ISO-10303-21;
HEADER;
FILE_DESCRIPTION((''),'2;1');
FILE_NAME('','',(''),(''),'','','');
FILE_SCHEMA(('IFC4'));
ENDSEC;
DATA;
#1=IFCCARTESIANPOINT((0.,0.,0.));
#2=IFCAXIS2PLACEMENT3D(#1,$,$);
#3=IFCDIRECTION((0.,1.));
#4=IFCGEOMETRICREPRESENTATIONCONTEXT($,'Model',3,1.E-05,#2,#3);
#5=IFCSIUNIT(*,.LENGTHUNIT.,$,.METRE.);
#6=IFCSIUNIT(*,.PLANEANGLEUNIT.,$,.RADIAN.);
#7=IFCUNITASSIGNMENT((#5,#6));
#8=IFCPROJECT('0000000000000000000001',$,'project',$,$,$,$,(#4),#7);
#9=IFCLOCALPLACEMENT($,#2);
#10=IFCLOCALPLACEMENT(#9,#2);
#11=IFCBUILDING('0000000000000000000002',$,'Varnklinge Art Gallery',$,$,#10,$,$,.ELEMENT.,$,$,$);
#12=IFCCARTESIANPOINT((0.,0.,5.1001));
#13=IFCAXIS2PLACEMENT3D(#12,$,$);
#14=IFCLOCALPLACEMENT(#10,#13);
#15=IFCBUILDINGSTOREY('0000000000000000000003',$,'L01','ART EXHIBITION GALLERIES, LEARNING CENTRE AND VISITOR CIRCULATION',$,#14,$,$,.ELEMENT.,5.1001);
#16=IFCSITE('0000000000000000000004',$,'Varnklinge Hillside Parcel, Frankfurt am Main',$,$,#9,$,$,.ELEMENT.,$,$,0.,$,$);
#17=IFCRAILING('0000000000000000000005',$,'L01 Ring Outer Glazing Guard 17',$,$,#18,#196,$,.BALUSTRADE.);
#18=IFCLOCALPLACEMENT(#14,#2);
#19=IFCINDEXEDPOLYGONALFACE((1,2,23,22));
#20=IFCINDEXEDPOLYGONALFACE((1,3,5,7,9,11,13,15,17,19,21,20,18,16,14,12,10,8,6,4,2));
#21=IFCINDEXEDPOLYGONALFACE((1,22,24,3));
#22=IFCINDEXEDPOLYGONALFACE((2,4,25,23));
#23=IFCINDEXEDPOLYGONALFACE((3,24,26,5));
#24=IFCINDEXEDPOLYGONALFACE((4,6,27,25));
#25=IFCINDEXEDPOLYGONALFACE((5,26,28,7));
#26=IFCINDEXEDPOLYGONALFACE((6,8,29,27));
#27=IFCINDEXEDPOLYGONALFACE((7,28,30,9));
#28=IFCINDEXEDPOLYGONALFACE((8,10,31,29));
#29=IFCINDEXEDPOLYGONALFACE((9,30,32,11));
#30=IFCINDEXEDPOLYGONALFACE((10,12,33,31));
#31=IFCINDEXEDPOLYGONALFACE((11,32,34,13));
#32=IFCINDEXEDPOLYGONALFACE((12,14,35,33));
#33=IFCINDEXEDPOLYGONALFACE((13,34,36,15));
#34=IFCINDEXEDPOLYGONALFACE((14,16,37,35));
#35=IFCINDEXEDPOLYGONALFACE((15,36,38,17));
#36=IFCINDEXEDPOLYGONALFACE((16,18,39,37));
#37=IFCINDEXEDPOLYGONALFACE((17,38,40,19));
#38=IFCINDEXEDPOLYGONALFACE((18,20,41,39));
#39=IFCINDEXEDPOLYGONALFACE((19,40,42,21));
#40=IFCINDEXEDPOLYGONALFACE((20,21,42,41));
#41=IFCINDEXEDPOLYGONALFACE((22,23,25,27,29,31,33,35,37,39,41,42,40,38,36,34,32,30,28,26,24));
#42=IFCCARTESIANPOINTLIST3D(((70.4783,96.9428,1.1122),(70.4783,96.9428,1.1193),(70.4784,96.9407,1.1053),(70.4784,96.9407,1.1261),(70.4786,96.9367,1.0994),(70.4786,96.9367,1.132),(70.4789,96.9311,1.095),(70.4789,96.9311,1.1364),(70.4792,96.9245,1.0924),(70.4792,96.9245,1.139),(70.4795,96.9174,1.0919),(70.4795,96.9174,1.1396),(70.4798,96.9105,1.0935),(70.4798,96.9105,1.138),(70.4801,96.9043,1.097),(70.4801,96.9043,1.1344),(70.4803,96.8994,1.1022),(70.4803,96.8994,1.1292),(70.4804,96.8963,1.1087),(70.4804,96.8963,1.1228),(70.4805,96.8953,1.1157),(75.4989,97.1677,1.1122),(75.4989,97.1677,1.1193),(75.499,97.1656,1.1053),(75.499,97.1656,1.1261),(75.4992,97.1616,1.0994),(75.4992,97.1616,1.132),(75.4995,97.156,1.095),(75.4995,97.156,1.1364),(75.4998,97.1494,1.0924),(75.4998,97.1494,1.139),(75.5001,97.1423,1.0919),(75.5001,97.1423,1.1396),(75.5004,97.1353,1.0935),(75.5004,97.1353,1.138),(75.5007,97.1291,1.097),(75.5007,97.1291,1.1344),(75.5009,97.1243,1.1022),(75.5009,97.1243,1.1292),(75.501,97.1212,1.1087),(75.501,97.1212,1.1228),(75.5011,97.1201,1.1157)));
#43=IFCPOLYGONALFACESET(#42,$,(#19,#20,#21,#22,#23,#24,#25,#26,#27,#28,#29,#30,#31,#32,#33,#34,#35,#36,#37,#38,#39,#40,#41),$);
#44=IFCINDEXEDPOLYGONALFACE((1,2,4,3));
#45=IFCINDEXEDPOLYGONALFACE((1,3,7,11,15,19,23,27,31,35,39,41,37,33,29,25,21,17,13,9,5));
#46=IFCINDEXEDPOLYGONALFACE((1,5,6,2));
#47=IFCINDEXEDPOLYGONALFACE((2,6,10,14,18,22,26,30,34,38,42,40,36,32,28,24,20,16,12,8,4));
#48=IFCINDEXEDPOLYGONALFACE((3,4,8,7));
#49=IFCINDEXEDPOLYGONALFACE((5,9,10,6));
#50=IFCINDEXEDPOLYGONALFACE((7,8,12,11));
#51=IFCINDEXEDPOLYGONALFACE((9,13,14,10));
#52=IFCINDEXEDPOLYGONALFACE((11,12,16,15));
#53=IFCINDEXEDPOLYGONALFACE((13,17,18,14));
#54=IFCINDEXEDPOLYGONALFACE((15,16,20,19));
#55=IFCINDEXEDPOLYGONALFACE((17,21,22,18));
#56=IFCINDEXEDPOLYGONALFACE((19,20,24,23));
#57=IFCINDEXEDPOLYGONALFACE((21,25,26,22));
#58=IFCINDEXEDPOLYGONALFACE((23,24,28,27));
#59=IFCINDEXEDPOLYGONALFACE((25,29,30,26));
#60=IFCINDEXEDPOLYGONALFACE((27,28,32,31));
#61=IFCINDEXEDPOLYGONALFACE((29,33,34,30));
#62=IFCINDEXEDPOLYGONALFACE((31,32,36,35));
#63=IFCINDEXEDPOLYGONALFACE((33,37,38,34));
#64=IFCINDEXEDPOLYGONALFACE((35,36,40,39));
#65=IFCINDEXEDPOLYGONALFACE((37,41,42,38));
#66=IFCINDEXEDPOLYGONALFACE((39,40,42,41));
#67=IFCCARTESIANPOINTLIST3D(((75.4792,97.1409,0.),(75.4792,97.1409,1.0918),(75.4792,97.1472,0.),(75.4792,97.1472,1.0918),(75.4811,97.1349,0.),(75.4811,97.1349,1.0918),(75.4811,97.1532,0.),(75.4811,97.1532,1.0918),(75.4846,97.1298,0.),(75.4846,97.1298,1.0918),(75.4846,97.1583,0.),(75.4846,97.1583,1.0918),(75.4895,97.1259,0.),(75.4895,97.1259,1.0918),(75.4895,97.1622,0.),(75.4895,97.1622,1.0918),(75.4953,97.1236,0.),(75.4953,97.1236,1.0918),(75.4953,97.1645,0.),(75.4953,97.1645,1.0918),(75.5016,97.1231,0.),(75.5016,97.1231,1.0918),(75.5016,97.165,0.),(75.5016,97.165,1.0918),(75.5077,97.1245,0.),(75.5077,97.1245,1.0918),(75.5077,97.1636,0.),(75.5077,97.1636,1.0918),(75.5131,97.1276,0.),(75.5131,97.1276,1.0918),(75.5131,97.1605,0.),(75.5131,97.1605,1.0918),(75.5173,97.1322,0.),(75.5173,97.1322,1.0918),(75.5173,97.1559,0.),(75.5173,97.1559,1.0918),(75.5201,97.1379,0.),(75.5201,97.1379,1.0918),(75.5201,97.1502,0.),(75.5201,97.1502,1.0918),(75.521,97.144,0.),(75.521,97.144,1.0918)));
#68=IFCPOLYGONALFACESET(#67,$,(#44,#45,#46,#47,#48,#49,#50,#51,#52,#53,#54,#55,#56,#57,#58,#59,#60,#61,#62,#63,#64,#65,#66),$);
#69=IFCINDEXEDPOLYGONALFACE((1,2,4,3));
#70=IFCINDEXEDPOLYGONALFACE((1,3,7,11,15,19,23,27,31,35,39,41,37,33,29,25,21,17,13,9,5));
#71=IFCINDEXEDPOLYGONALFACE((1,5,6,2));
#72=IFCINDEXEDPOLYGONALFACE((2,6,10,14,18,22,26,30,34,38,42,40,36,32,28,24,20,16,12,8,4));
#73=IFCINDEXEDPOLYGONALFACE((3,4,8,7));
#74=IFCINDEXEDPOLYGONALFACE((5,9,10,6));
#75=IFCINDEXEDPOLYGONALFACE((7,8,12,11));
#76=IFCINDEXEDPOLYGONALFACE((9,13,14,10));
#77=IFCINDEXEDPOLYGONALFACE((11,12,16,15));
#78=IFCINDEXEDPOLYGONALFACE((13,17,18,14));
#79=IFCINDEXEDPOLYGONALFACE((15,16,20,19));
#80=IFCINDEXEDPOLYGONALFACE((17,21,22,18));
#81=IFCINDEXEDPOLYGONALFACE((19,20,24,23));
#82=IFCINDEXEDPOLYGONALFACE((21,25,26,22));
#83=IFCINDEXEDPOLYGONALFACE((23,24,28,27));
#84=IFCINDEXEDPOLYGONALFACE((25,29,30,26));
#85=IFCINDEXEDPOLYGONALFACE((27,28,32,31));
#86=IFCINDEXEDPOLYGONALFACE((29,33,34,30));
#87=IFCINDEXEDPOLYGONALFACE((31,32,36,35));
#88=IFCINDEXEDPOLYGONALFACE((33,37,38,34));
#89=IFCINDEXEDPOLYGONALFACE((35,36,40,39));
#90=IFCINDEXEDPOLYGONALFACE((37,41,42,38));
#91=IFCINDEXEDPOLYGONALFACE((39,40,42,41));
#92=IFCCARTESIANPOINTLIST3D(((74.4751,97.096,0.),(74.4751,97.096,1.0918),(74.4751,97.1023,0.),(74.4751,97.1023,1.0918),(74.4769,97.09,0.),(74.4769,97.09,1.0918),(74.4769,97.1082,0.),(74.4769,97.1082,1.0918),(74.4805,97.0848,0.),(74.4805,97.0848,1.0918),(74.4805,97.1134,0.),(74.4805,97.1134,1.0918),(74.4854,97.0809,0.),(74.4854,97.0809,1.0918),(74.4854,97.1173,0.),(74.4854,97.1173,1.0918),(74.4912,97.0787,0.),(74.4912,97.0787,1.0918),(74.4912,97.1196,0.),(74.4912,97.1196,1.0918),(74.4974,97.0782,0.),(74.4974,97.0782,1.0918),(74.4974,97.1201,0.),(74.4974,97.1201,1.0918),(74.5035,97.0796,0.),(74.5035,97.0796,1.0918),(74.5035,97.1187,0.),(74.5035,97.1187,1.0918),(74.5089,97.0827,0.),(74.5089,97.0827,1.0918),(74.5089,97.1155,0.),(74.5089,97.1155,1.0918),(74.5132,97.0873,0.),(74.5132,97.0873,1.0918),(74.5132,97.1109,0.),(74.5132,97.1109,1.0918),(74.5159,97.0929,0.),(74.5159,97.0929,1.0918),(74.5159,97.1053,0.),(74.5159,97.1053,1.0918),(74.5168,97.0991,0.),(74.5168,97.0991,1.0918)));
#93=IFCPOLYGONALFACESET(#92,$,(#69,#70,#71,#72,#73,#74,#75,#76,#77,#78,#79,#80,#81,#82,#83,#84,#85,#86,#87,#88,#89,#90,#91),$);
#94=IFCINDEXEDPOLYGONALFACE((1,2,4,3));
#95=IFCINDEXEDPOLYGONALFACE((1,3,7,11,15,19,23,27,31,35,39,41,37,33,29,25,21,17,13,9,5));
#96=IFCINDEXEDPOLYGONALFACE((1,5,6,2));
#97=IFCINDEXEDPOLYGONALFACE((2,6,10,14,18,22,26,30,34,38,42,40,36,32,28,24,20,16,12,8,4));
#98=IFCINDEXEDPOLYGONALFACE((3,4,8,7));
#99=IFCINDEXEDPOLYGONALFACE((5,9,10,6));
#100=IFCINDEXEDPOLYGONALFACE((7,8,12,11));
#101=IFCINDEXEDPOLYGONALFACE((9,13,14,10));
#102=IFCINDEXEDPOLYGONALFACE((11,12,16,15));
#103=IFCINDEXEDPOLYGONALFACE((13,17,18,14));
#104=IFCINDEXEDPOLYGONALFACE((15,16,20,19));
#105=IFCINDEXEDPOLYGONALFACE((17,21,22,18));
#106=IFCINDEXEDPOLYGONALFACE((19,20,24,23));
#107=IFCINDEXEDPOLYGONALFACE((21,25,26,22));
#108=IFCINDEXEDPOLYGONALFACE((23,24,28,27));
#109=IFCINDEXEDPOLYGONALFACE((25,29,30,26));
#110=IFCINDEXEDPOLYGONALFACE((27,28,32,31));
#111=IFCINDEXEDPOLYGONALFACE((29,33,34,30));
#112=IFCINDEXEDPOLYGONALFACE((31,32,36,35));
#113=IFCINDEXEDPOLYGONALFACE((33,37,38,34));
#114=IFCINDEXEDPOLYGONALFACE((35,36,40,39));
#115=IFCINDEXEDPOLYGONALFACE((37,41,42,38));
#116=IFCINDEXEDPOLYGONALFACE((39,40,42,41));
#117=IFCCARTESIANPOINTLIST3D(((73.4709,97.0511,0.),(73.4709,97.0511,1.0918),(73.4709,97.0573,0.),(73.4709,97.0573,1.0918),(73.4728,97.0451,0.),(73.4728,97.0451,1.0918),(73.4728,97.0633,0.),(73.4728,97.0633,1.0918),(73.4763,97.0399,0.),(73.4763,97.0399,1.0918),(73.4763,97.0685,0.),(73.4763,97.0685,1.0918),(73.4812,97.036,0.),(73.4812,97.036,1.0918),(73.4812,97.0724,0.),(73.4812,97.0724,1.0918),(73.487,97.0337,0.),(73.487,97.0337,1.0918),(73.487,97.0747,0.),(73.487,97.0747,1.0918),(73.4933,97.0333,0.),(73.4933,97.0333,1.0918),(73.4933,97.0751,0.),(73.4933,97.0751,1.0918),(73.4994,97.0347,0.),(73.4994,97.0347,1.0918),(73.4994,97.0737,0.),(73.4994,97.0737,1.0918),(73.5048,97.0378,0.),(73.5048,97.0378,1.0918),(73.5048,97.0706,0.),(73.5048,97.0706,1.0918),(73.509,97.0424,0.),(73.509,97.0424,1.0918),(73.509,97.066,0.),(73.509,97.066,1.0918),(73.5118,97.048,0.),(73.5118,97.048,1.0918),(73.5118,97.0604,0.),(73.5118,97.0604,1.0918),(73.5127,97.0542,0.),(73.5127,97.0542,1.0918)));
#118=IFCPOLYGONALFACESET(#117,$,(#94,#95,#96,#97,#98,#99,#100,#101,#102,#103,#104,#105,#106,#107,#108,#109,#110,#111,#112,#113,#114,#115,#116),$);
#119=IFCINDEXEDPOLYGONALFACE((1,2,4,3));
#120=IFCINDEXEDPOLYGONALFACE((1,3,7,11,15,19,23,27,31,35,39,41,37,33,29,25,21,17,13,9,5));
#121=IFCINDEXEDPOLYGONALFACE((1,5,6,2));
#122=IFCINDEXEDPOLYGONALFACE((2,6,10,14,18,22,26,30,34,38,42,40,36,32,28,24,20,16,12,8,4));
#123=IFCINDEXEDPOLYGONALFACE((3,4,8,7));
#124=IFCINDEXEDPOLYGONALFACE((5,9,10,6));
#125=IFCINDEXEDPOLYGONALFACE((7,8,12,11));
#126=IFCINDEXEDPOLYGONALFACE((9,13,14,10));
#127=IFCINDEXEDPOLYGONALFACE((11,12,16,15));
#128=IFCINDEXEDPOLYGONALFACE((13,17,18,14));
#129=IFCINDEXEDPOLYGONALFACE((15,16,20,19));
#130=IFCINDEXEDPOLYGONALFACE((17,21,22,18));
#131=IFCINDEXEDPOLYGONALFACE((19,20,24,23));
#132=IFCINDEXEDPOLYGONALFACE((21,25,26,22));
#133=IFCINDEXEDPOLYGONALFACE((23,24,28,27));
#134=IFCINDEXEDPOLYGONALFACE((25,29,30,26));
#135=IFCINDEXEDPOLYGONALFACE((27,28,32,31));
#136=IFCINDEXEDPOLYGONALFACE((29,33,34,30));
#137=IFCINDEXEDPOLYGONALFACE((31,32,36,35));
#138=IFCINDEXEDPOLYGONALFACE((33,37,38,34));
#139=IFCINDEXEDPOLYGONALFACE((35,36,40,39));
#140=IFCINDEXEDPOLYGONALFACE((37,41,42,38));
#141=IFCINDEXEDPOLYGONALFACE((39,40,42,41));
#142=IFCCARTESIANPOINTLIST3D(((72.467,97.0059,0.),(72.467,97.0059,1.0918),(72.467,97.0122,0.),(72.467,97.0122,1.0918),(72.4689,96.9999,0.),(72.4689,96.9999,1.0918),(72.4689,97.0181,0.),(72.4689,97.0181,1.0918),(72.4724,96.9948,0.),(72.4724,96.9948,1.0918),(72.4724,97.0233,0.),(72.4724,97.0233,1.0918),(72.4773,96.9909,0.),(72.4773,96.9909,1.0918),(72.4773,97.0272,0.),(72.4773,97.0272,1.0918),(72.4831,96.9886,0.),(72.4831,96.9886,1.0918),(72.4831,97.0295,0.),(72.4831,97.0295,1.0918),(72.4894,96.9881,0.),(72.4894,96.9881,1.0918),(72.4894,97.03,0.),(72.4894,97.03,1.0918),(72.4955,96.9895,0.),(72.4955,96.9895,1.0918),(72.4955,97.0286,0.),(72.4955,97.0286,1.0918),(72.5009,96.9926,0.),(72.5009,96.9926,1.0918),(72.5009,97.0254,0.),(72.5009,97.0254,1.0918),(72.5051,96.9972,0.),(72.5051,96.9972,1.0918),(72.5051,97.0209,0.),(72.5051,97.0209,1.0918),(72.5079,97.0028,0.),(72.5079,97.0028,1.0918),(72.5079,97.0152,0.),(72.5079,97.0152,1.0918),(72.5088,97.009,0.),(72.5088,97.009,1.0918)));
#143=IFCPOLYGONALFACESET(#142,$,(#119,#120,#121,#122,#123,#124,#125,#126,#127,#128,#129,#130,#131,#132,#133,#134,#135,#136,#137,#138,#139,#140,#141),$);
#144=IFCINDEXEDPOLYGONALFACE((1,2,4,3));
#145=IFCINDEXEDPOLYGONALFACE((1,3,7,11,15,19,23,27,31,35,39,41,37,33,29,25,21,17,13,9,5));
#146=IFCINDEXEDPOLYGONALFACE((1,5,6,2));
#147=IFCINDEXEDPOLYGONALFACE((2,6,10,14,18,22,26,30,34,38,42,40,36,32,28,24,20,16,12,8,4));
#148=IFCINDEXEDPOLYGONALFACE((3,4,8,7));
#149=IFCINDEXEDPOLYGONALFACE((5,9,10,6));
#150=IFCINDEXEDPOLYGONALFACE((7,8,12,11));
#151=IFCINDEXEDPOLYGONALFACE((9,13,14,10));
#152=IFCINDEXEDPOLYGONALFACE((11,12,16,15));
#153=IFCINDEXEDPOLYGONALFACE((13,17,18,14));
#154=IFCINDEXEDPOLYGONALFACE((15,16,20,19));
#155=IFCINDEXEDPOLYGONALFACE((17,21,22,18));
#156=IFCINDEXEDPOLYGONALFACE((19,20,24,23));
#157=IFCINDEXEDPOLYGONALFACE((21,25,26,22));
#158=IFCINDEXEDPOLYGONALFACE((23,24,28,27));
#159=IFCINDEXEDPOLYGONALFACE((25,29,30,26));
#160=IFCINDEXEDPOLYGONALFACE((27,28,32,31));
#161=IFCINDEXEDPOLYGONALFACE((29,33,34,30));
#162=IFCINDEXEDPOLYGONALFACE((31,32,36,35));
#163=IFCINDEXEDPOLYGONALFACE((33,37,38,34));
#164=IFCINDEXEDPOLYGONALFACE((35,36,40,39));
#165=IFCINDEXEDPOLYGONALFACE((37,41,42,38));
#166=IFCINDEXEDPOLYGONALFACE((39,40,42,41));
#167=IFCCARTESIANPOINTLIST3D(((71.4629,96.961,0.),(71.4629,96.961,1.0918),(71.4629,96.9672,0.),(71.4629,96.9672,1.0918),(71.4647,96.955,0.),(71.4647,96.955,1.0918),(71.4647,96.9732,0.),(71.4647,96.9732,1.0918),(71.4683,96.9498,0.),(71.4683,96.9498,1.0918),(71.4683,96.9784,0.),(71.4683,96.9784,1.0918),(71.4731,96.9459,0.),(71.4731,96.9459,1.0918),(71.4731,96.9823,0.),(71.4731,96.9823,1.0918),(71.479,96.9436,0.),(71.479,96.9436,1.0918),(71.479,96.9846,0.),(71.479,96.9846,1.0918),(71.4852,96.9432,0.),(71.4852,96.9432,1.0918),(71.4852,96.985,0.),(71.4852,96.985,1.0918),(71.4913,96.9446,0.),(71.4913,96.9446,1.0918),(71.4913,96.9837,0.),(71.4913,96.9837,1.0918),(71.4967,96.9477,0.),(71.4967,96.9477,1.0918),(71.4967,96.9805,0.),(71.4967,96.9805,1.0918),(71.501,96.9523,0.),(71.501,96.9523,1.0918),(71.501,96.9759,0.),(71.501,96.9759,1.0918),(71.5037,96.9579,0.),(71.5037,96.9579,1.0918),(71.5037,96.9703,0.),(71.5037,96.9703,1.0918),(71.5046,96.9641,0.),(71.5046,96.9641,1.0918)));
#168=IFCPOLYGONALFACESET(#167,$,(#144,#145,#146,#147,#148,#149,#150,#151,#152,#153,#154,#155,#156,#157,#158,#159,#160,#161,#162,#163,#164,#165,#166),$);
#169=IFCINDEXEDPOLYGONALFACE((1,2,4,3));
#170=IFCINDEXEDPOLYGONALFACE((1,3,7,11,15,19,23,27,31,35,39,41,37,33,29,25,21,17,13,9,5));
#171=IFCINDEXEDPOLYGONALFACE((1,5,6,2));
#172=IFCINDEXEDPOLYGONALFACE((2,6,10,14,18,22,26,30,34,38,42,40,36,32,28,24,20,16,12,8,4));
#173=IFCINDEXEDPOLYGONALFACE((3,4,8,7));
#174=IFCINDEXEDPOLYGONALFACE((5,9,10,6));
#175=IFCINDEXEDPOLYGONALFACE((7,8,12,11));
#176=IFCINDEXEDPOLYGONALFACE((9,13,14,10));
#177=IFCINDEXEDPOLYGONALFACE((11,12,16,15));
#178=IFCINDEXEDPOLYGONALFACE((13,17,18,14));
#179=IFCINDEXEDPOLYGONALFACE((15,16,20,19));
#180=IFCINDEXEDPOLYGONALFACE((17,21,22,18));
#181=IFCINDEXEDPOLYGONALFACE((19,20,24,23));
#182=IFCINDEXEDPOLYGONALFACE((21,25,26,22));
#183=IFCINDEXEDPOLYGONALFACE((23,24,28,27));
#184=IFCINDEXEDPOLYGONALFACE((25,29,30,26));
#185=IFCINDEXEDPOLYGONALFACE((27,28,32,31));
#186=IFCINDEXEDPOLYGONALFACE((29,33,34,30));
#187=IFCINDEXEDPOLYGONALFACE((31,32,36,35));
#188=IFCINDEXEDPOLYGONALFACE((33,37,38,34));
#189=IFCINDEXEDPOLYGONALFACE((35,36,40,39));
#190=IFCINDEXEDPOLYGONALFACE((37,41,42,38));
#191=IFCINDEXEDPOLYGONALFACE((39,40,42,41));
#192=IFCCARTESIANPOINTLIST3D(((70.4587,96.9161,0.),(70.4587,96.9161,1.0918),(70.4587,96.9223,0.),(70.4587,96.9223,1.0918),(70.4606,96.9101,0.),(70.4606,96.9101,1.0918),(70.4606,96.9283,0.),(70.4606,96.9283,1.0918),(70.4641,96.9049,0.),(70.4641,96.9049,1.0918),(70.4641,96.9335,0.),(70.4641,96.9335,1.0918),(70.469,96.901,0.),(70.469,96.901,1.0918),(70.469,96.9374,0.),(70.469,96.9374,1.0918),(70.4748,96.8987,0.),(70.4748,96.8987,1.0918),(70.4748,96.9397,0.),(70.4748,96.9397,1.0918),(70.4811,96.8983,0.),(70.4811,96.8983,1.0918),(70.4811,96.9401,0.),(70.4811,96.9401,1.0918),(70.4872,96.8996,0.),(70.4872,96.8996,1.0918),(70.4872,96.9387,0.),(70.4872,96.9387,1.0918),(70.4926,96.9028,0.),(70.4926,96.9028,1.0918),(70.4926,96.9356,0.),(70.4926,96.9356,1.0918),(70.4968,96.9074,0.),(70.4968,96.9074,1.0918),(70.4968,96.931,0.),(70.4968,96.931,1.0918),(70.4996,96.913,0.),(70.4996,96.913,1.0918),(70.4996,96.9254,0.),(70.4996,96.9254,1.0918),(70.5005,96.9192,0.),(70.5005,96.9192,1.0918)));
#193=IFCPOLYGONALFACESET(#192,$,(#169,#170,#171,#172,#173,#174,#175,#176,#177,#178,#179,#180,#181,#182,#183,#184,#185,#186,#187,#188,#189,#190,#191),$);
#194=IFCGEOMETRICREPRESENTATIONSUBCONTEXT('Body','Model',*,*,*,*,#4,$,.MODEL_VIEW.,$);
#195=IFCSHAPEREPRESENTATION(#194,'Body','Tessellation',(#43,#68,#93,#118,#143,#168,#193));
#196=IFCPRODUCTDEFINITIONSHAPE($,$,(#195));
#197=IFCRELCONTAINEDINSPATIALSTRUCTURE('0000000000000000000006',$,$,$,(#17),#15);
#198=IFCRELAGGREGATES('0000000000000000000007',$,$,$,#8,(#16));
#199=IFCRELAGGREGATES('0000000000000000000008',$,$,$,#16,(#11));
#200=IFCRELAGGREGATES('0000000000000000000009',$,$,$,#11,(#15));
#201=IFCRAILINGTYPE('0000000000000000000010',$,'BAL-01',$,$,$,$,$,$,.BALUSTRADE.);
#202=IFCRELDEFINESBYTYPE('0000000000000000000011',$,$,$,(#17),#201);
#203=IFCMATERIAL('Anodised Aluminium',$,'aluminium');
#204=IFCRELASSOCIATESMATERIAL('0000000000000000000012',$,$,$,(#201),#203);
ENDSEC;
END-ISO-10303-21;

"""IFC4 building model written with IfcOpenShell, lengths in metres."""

from ifc_helpers import new_model, si_unit, direction, frame, origin, origin_2d, place, context, subcontext, project, spatial, circle, extrude, material, type_object, element, save


model = new_model("IFC4")

# Units and contexts
model_context = context("Model", 3, precision=1e-05, world=origin(), true_north=direction((0.0, 1.0)))
body_context = subcontext(model_context, "Body", "Model", "MODEL_VIEW")
ifc_project = project(units=[si_unit("LENGTHUNIT", "METRE"), si_unit("PLANEANGLEUNIT", "RADIAN")], contexts=[model_context])

# Site, building, storey
site_placement = place(None, origin())
site = spatial("IfcSite", under=ifc_project, at=site_placement, Name="Varnklinge Hillside Parcel, Frankfurt am Main", CompositionType="ELEMENT", RefElevation=0.0)
building_placement = place(site_placement, origin())
building = spatial("IfcBuilding", under=site, at=building_placement, Name="Varnklinge Art Gallery", CompositionType="ELEMENT")
storey_placement = place(building_placement, frame((0.0, 0.0, 5.1001)))
storey = spatial("IfcBuildingStorey", under=building, at=storey_placement, Name="L01", Description="ART EXHIBITION GALLERIES, LEARNING CENTRE AND VISITOR CIRCULATION", CompositionType="ELEMENT", Elevation=5.1001)

# Railing
ifc_material_1 = material(Name="Anodised Aluminium", Category="aluminium")
railing_type = type_object("IfcRailingType", Name="BAL-01", PredefinedType="BALUSTRADE", material=ifc_material_1)
railing_1_placement = place(storey_placement, frame((75.5, 97.144, 0.0)))
element("IfcRailing", 1, at=railing_1_placement, inside=storey, type_object=railing_type, Name="L01 Ring Outer Glazing Guard 17", PredefinedType="BALUSTRADE", context=body_context, shape_type="SweptSolid", body=[
    extrude(circle(Radius=0.0239, at=origin_2d()), frame((0.0, 0.0, 1.1157), z_axis=(-0.998999, -0.044742, 0.0), x_axis=(0.044742, -0.998999, 0.0)), (0.0, 0.0, 1.0), 5.0256),
    extrude(circle(Radius=0.021, at=origin_2d()), origin(), (0.0, 0.0, 1.0), 1.0918),
    extrude(circle(Radius=0.021, at=origin_2d()), frame((-1.0042, -0.0449, 0.0)), (0.0, 0.0, 1.0), 1.0918),
    extrude(circle(Radius=0.021, at=origin_2d()), frame((-2.0083, -0.0898, 0.0)), (0.0, 0.0, 1.0), 1.0918),
    extrude(circle(Radius=0.021, at=origin_2d()), frame((-3.0122, -0.135, 0.0)), (0.0, 0.0, 1.0), 1.0918),
    extrude(circle(Radius=0.021, at=origin_2d()), frame((-4.0164, -0.1799, 0.0)), (0.0, 0.0, 1.0), 1.0918),
    extrude(circle(Radius=0.021, at=origin_2d()), frame((-5.0205, -0.2249, 0.0)), (0.0, 0.0, 1.0), 1.0918),
])

save(model, "model.ifc")
